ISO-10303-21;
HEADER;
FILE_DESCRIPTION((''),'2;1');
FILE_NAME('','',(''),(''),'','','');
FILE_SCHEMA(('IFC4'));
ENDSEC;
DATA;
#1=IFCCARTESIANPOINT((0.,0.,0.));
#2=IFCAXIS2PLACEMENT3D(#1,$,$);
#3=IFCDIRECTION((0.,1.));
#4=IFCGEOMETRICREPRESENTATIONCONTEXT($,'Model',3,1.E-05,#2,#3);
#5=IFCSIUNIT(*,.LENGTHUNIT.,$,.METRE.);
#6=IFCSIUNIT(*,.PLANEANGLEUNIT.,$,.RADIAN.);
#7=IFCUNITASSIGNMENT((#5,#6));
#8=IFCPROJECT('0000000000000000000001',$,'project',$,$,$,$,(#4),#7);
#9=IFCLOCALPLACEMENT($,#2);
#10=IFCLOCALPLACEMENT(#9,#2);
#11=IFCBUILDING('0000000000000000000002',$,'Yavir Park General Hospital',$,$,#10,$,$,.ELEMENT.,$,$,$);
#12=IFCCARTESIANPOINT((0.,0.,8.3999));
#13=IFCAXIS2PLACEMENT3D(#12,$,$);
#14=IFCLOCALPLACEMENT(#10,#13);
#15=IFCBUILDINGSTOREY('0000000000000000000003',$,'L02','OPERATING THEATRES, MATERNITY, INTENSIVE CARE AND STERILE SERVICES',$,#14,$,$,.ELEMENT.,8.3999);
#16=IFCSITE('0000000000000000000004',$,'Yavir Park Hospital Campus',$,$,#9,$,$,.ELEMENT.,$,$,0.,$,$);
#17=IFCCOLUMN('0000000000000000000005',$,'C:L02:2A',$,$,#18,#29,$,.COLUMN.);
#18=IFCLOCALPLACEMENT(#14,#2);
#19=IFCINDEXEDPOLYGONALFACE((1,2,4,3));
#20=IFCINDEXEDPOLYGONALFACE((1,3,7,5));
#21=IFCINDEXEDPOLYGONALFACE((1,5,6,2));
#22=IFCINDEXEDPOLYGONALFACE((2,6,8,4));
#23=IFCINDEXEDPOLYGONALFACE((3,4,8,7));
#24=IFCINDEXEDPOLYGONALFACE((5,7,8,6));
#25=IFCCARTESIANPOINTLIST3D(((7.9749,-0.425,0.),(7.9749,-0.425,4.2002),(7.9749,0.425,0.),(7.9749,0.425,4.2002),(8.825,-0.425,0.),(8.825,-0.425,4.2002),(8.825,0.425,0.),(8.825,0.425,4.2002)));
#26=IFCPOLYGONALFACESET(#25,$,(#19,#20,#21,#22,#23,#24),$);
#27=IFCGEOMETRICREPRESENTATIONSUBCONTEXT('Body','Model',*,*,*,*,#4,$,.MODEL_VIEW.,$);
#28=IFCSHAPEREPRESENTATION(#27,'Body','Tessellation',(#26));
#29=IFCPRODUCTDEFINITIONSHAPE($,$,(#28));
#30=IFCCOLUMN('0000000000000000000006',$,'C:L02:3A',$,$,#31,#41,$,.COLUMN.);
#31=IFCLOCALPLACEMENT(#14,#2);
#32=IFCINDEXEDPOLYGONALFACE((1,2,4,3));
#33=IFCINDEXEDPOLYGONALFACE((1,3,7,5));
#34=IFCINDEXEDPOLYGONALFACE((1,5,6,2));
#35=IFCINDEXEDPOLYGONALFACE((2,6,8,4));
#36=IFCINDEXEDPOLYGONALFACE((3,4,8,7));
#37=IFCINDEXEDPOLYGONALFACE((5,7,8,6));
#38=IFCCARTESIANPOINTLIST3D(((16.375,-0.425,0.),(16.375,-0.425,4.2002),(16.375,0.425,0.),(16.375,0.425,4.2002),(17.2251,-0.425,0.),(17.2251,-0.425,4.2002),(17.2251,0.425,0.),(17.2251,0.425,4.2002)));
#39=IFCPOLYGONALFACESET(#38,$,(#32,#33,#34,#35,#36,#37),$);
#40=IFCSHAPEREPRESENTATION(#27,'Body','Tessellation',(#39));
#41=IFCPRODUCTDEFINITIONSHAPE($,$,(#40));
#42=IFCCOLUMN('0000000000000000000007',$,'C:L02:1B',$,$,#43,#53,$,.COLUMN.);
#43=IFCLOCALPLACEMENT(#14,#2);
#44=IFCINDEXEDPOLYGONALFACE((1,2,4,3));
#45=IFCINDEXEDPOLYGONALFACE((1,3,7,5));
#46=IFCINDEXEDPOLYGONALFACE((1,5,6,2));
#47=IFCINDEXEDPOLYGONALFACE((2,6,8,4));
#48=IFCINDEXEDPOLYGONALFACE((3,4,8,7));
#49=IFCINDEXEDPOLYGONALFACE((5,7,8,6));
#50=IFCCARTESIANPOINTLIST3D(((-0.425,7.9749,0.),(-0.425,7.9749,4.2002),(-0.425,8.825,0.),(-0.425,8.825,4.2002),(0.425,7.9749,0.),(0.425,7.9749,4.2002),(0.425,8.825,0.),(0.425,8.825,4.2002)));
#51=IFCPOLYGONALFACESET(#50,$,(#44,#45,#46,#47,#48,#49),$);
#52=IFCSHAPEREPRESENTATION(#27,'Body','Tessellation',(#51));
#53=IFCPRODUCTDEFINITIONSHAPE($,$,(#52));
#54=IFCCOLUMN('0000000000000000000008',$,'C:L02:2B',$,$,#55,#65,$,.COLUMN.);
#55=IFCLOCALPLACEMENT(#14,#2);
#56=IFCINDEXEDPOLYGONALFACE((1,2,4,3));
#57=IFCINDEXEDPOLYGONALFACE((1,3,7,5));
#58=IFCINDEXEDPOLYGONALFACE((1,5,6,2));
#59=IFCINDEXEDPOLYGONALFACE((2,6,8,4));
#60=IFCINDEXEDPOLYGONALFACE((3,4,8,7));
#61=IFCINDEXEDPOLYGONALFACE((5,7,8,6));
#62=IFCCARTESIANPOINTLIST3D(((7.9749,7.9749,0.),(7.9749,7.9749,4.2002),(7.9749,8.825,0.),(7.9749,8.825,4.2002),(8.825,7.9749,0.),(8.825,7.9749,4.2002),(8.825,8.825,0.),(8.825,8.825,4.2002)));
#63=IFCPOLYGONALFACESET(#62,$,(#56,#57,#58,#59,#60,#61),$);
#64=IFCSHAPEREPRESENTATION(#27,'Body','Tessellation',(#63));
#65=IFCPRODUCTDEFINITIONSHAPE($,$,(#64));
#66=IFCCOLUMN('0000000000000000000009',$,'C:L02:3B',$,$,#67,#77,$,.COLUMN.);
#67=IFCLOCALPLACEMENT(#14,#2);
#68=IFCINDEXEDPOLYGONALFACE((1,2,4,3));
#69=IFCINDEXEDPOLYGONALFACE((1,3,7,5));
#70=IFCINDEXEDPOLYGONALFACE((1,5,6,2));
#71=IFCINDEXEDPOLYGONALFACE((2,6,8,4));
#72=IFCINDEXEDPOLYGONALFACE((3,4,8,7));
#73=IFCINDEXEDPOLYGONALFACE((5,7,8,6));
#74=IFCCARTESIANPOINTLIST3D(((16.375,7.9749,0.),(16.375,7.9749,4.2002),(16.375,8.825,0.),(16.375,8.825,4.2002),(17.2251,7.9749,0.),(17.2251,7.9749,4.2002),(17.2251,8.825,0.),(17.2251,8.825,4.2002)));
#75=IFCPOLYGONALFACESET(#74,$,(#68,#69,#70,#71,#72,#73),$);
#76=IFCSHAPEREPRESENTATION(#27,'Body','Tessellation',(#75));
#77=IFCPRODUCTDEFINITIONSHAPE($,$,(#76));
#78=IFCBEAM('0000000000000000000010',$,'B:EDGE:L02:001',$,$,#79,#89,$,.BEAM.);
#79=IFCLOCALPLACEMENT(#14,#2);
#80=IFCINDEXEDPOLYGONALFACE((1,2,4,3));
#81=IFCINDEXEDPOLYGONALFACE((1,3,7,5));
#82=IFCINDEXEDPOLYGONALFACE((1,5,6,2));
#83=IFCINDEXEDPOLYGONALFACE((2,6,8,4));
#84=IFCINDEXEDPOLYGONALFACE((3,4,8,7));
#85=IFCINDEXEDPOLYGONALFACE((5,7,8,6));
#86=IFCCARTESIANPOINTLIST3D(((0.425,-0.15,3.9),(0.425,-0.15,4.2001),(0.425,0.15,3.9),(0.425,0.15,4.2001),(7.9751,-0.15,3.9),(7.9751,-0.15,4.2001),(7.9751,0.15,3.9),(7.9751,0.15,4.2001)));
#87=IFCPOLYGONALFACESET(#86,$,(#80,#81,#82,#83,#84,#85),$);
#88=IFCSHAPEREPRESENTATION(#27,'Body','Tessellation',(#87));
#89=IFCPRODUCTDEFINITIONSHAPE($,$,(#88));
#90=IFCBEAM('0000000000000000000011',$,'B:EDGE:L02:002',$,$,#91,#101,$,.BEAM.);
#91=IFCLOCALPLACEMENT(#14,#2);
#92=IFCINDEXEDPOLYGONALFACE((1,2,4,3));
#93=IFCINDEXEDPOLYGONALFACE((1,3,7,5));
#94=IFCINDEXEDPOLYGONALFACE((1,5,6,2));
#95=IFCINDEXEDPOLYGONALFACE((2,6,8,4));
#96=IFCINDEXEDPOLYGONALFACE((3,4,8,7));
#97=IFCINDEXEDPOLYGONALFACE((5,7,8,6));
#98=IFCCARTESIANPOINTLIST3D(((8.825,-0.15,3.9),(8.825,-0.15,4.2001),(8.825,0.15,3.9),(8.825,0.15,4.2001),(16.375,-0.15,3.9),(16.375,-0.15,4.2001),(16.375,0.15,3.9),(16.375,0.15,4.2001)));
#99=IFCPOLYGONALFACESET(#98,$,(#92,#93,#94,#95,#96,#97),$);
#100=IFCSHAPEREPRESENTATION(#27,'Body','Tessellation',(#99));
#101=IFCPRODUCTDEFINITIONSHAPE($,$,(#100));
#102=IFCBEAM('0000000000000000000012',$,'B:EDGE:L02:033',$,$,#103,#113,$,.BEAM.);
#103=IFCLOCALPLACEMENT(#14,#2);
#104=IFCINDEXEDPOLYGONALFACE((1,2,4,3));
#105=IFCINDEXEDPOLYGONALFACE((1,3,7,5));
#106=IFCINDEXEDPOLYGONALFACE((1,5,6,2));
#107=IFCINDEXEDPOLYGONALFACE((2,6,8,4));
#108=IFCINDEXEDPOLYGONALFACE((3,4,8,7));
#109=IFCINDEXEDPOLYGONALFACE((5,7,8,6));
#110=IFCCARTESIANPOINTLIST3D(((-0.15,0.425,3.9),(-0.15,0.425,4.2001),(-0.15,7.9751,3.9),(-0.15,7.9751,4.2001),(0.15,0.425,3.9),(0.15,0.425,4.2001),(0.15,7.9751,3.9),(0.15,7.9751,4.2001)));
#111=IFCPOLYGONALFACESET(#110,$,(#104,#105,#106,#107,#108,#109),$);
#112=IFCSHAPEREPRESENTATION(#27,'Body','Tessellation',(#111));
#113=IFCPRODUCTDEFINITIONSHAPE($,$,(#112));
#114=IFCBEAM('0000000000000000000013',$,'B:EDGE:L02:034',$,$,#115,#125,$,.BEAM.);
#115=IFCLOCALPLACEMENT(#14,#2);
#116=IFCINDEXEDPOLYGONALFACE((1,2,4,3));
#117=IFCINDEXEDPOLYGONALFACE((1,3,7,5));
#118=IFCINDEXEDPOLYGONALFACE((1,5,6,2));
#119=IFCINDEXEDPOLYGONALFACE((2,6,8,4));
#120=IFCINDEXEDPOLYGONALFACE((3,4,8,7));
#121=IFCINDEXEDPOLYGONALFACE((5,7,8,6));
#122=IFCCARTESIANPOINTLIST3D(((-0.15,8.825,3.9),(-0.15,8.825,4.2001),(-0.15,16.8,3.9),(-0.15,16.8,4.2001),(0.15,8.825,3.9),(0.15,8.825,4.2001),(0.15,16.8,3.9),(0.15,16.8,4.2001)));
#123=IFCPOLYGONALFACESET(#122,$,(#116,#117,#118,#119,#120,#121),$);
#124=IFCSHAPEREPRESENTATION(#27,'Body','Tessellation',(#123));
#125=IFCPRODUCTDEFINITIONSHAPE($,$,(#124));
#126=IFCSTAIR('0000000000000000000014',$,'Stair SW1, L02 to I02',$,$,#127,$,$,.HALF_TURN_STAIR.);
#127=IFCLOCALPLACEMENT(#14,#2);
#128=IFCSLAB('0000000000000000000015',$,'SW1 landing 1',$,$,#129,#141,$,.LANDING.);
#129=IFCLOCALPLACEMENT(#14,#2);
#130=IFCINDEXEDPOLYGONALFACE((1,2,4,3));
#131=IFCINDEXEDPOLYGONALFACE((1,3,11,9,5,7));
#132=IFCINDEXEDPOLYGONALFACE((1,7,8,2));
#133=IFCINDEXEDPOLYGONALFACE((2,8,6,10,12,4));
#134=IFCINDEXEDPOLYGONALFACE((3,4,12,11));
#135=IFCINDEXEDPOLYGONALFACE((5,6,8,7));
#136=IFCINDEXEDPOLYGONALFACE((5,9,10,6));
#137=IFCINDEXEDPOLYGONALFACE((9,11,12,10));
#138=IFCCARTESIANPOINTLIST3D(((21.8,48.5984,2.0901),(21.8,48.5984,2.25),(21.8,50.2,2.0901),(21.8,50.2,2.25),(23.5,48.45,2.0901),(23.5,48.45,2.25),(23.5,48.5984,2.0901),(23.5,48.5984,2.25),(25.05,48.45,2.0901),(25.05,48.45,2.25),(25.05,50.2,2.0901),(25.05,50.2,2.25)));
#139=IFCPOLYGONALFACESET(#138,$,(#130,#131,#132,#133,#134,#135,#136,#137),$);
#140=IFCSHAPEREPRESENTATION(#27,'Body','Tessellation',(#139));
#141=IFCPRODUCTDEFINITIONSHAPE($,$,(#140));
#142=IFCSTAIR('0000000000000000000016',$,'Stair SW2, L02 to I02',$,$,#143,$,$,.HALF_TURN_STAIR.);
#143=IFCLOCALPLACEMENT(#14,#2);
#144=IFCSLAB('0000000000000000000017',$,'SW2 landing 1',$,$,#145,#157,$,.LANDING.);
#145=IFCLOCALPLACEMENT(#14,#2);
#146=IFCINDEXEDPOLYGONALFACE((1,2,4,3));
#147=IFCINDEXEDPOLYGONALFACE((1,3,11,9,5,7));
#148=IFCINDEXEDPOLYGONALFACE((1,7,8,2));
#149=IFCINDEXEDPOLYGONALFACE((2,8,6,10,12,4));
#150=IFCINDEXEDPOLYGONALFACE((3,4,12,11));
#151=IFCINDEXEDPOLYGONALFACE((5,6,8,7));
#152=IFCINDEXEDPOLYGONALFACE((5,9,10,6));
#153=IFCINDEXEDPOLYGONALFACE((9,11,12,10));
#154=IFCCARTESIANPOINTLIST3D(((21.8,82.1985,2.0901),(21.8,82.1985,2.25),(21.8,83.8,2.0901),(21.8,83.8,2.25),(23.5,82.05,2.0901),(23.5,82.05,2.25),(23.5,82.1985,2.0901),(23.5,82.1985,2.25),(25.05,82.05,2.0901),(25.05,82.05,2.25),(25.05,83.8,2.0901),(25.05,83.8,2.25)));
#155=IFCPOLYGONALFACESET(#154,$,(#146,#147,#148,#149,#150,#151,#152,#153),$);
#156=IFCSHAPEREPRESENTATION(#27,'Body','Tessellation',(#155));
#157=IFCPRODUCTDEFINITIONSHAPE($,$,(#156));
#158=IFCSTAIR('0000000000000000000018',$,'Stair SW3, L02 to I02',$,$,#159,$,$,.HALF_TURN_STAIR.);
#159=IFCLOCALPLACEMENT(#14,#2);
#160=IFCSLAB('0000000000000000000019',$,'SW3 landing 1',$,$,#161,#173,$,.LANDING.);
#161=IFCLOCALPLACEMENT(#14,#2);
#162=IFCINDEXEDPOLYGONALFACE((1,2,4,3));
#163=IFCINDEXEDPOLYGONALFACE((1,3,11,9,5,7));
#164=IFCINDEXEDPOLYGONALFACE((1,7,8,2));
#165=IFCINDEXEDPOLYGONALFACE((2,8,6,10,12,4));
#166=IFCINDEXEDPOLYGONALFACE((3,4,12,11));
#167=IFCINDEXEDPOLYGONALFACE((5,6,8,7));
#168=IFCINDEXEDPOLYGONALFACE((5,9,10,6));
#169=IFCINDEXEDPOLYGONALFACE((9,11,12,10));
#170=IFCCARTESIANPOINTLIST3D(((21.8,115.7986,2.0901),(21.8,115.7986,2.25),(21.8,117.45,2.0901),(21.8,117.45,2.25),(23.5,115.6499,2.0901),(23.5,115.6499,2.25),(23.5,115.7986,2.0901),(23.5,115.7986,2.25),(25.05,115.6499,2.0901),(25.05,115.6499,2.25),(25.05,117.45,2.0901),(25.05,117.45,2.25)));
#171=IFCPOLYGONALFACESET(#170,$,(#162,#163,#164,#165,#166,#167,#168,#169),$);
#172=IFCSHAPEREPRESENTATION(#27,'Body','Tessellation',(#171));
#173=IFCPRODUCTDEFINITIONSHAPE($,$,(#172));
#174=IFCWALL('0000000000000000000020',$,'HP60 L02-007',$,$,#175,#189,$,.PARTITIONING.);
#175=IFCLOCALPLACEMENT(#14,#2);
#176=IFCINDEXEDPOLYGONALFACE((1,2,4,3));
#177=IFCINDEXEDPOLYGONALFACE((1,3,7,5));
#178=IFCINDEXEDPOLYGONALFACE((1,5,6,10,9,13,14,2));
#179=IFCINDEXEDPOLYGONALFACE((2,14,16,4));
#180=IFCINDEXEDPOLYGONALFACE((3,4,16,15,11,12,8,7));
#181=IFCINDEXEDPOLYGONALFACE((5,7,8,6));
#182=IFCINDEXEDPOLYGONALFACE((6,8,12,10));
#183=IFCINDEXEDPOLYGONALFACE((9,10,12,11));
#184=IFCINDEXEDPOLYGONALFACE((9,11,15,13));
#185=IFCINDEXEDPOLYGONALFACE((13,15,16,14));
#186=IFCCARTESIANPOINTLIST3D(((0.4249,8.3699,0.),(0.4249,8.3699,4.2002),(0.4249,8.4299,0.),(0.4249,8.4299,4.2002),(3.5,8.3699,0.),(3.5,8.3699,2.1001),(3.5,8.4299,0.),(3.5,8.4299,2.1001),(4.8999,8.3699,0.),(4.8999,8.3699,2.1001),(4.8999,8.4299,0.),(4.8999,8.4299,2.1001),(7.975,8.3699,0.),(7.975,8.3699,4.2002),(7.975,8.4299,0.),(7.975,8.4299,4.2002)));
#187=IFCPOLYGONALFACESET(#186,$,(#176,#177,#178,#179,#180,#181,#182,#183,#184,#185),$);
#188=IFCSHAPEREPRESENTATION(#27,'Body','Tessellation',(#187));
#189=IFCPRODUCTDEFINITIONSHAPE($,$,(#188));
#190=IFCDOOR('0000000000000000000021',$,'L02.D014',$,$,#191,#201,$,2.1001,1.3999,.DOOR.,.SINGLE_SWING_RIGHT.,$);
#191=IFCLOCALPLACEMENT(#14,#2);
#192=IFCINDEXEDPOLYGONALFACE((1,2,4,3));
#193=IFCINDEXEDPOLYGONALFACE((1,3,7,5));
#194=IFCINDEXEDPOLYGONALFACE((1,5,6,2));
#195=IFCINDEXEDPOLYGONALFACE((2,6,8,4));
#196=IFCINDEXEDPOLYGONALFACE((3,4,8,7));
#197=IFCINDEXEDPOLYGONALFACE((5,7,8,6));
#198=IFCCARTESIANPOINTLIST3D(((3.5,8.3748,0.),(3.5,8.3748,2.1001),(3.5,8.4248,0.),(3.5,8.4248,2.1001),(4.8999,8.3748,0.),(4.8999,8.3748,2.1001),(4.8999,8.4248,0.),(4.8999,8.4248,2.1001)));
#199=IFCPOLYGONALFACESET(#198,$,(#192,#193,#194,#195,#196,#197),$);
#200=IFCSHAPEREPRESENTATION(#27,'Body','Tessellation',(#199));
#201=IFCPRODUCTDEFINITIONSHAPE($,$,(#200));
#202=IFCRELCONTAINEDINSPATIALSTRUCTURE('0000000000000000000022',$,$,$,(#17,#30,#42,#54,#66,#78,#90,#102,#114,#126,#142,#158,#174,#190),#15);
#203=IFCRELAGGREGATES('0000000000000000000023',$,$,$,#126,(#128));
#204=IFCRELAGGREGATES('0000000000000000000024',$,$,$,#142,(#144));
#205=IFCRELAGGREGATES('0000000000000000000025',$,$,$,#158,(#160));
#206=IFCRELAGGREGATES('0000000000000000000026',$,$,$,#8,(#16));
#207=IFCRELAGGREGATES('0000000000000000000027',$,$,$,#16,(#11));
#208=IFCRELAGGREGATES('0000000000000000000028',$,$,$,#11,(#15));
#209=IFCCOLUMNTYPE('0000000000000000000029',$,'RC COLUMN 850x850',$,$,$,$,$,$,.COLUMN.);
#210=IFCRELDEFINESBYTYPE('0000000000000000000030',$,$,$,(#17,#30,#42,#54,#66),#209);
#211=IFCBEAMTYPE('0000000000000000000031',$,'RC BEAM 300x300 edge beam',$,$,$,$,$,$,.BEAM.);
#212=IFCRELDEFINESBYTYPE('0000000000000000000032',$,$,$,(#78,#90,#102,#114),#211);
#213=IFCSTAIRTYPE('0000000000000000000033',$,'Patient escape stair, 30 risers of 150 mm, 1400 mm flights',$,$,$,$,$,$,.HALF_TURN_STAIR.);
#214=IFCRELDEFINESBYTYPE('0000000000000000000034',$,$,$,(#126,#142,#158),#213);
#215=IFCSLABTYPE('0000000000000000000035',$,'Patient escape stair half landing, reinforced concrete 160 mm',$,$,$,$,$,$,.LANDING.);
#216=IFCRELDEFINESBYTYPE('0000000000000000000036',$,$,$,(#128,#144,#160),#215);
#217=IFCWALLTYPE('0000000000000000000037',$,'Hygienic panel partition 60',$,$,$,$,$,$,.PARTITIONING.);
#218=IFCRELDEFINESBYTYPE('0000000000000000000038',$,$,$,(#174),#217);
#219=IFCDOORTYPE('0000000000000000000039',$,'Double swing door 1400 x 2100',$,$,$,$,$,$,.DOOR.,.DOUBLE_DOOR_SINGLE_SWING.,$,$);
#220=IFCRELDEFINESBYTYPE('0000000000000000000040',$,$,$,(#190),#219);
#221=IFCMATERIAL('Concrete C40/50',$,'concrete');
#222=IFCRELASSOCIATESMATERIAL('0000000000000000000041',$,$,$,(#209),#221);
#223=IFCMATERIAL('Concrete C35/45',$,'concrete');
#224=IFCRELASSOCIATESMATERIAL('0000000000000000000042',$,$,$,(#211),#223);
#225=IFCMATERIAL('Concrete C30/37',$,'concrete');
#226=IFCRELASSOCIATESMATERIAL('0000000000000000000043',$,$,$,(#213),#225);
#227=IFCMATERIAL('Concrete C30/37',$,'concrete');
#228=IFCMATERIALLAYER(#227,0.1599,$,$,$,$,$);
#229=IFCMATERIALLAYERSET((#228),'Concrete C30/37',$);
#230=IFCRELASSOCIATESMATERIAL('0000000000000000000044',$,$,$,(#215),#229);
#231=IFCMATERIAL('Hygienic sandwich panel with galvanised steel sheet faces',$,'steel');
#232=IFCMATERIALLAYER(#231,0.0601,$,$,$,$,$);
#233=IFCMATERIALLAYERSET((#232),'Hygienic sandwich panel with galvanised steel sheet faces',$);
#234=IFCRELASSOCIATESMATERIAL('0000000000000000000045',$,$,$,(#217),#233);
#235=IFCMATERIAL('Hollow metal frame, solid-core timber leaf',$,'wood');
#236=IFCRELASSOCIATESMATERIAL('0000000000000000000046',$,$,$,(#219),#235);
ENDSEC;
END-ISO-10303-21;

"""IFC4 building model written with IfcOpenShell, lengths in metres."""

from ifc_helpers import new_model, si_unit, direction, frame, frame_2d, origin, origin_2d, place, context, subcontext, project, spatial, polyline, rectangle, outline, extrude, material, layer, layer_set, material_profile, profile_set, type_object, element, fill, aggregate, save


model = new_model("IFC4")

# Units and contexts
model_context = context("Model", 3, precision=1e-05, world=origin(), true_north=direction((0.0, 1.0)))
body_context = subcontext(model_context, "Body", "Model", "MODEL_VIEW")
ifc_project = project(units=[si_unit("LENGTHUNIT", "METRE"), si_unit("PLANEANGLEUNIT", "RADIAN")], contexts=[model_context])

# Site, building, storey
site_placement = place(None, origin())
site = spatial("IfcSite", under=ifc_project, at=site_placement, Name="Yavir Park Hospital Campus", CompositionType="ELEMENT", RefElevation=0.0)
building_placement = place(site_placement, origin())
building = spatial("IfcBuilding", under=site, at=building_placement, Name="Yavir Park General Hospital", CompositionType="ELEMENT")
storey_placement = place(building_placement, frame((0.0, 0.0, 8.3999)))
storey = spatial("IfcBuildingStorey", under=building, at=storey_placement, Name="L02", Description="OPERATING THEATRES, MATERNITY, INTENSIVE CARE AND STERILE SERVICES", CompositionType="ELEMENT", Elevation=8.3999)

# Columns
ifc_material_1 = material(Name="Concrete C40/50", Category="concrete")
ifc_material_profile_1 = material_profile(ifc_material_1, rectangle(XDim=0.8501, YDim=0.8501, at=origin_2d()), Name="RC850x850")
ifc_profile_set_1 = profile_set([ifc_material_profile_1], Name="Concrete C40/50")
column_type = type_object("IfcColumnType", Name="RC COLUMN 850x850", PredefinedType="COLUMN", material=ifc_profile_set_1)
for number, where, z_axis, x_axis, name in (
    (1, (8.3999, 0.0, 0.0), (0.0, 0.0, 1.0), (1.0, 0.0, 0.0), "C:L02:2A"),
    (2, (16.8, 0.0, 0.0), (0.0, 0.0, 1.0), (1.0, 0.0, 0.0), "C:L02:3A"),
    (3, (0.0, 8.3999, 0.0), (0.0, 0.0, 1.0), (1.0, 0.0, 0.0), "C:L02:1B"),
    (4, (8.3999, 8.3999, 0.0), (0.0, 0.0, 1.0), (1.0, 0.0, 0.0), "C:L02:2B"),
    (5, (16.8, 8.3999, 0.0), (0.0, 0.0, 1.0), (1.0, 0.0, 0.0), "C:L02:3B"),
):
    element("IfcColumn", number, at=place(storey_placement, frame(where, z_axis=z_axis, x_axis=x_axis)), inside=storey, type_object=column_type, Name=name, PredefinedType="COLUMN", context=body_context, shape_type="SweptSolid", body=[
        extrude(rectangle(XDim=0.8501, YDim=0.8501, at=origin_2d()), origin(), (0.0, 0.0, 1.0), 4.2002),
    ])

# Beams
ifc_material_2 = material(Name="Concrete C35/45", Category="concrete")
ifc_material_profile_2 = material_profile(ifc_material_2, rectangle(XDim=0.3, YDim=0.3, at=origin_2d()), Name="RC300x300")
ifc_profile_set_2 = profile_set([ifc_material_profile_2], Name="Concrete C35/45")
beam_type = type_object("IfcBeamType", Name="RC BEAM 300x300 edge beam", PredefinedType="BEAM", material=ifc_profile_set_2)
for number, where, z_axis, x_axis, name in (
    (6, (0.425, 0.0, 4.05), (1.0, 0.0, 0.0), (0.0, 1.0, 0.0), "B:EDGE:L02:001"),
    (7, (8.825, 0.0, 4.05), (1.0, 0.0, 0.0), (0.0, 1.0, 0.0), "B:EDGE:L02:002"),
    (8, (0.0, 0.425, 4.05), (0.0, 1.0, 0.0), (-1.0, 0.0, 0.0), "B:EDGE:L02:033"),
):
    element("IfcBeam", number, at=place(storey_placement, frame(where, z_axis=z_axis, x_axis=x_axis)), inside=storey, type_object=beam_type, Name=name, PredefinedType="BEAM", context=body_context, shape_type="SweptSolid", body=[
        extrude(rectangle(XDim=0.3, YDim=0.3, at=origin_2d()), origin(), (0.0, 0.0, 1.0), 7.55),
    ])
beam_placement = place(storey_placement, frame((0.0, 8.825, 4.05), z_axis=(0.0, 1.0, 0.0), x_axis=(-1.0, 0.0, 0.0)))
element("IfcBeam", 9, at=beam_placement, inside=storey, type_object=beam_type, Name="B:EDGE:L02:034", PredefinedType="BEAM", context=body_context, shape_type="SweptSolid", body=[
    extrude(rectangle(XDim=0.3, YDim=0.3, at=origin_2d()), origin(), (0.0, 0.0, 1.0), 7.9751),
])

# Stairs, slabs
ifc_material_3 = material(Name="Concrete C30/37", Category="concrete")
stair_type = type_object("IfcStairType", Name="Patient escape stair, 30 risers of 150 mm, 1400 mm flights", PredefinedType="HALF_TURN_STAIR", material=ifc_material_3)
stair_1_placement = place(storey_placement, origin())
stair_1 = element("IfcStair", 10, at=stair_1_placement, inside=storey, type_object=stair_type, Name="Stair SW1, L02 to I02", PredefinedType="HALF_TURN_STAIR")
ifc_material_4 = material(Name="Concrete C30/37", Category="concrete")
ifc_layer_1 = layer(ifc_material_4, 0.1599)
ifc_layer_set_1 = layer_set([ifc_layer_1], Name="Concrete C30/37")
slab_type = type_object("IfcSlabType", Name="Patient escape stair half landing, reinforced concrete 160 mm", PredefinedType="LANDING", material=ifc_layer_set_1)
slab_1_placement = place(storey_placement, frame((0.0, 0.0, 2.0901)))
slab_1 = element("IfcSlab", 11, at=slab_1_placement, type_object=slab_type, Name="SW1 landing 1", PredefinedType="LANDING", context=body_context, shape_type="SweptSolid", body=[
    extrude(outline(polyline([(21.8, 48.5984), (21.8, 50.2), (25.05, 50.2), (25.05, 48.45), (23.5, 48.45), (23.5, 48.5984), (21.8, 48.5984)])), origin(), (0.0, 0.0, 1.0), 0.1599),
])
aggregate(stair_1, [slab_1])
stair_2_placement = place(storey_placement, origin())
stair_2 = element("IfcStair", 12, at=stair_2_placement, inside=storey, type_object=stair_type, Name="Stair SW2, L02 to I02", PredefinedType="HALF_TURN_STAIR")
slab_2_placement = place(storey_placement, frame((0.0, 0.0, 2.0901)))
slab_2 = element("IfcSlab", 13, at=slab_2_placement, type_object=slab_type, Name="SW2 landing 1", PredefinedType="LANDING", context=body_context, shape_type="SweptSolid", body=[
    extrude(outline(polyline([(21.8, 82.1985), (21.8, 83.8), (25.05, 83.8), (25.05, 82.05), (23.5, 82.05), (23.5, 82.1985), (21.8, 82.1985)])), origin(), (0.0, 0.0, 1.0), 0.1599),
])
aggregate(stair_2, [slab_2])
stair_3_placement = place(storey_placement, origin())
stair_3 = element("IfcStair", 14, at=stair_3_placement, inside=storey, type_object=stair_type, Name="Stair SW3, L02 to I02", PredefinedType="HALF_TURN_STAIR")
slab_3_placement = place(storey_placement, frame((0.0, 0.0, 2.0901)))
slab_3 = element("IfcSlab", 15, at=slab_3_placement, type_object=slab_type, Name="SW3 landing 1", PredefinedType="LANDING", context=body_context, shape_type="SweptSolid", body=[
    extrude(outline(polyline([(21.8, 115.7986), (21.8, 117.45), (25.05, 117.45), (25.05, 115.6499), (23.5, 115.6499), (23.5, 115.7986), (21.8, 115.7986)])), origin(), (0.0, 0.0, 1.0), 0.1599),
])
aggregate(stair_3, [slab_3])

# Wall, opening, door
ifc_material_5 = material(Name="Hygienic sandwich panel with galvanised steel sheet faces", Category="steel")
ifc_layer_2 = layer(ifc_material_5, 0.0601)
ifc_layer_set_2 = layer_set([ifc_layer_2], Name="Hygienic sandwich panel with galvanised steel sheet faces")
wall_type_1 = type_object("IfcWallType", Name="Hygienic panel partition 60", PredefinedType="PARTITIONING", material=ifc_layer_set_2)
wall_1_placement = place(storey_placement, frame((0.425, 8.3999, 0.0), z_axis=(0.0, 0.0, 1.0), x_axis=(1.0, 0.0, 0.0)))
wall_1 = element("IfcWall", 16, at=wall_1_placement, inside=storey, type_object=wall_type_1, Name="HP60 L02-007", PredefinedType="PARTITIONING", context=body_context, shape_type="SweptSolid", body=[
    extrude(rectangle(XDim=7.55, YDim=0.0601, at=frame_2d((3.7749, 0.0))), origin(), (0.0, 0.0, 1.0), 4.2002),
])
opening_1_placement = place(wall_1_placement, frame((3.075, 0.0, 0.0)))
opening_1 = element("IfcOpeningElement", 17, at=opening_1_placement, cuts=wall_1, PredefinedType="OPENING", context=body_context, shape_type="SweptSolid", body=[
    extrude(rectangle(XDim=1.3999, YDim=2.1001, at=frame_2d((0.7, 1.05))), frame((0.0, 0.04, 0.0), z_axis=(0.0, -1.0, 0.0), x_axis=(1.0, 0.0, 0.0)), (0.0, 0.0, 1.0), 0.0801),
])
ifc_material_6 = material(Name="Hollow metal frame, solid-core timber leaf", Category="wood")
door_type = type_object("IfcDoorType", Name="Double swing door 1400 x 2100", OperationType="DOUBLE_DOOR_SINGLE_SWING", PredefinedType="DOOR", material=ifc_material_6)
door_1_placement = place(opening_1_placement, origin())
door_1 = element("IfcDoor", 18, at=door_1_placement, inside=storey, type_object=door_type, Name="L02.D014", OperationType="SINGLE_SWING_RIGHT", OverallHeight=2.1001, OverallWidth=1.3999, PredefinedType="DOOR", context=body_context, shape_type="SweptSolid", body=[
    extrude(rectangle(XDim=1.3999, YDim=2.1001, at=frame_2d((0.7, 1.05))), frame((0.0, 0.0249, 0.0), z_axis=(0.0, -1.0, 0.0), x_axis=(1.0, 0.0, 0.0)), (0.0, 0.0, 1.0), 0.05),
])
fill(opening_1, door_1)

save(model, "model.ifc")
